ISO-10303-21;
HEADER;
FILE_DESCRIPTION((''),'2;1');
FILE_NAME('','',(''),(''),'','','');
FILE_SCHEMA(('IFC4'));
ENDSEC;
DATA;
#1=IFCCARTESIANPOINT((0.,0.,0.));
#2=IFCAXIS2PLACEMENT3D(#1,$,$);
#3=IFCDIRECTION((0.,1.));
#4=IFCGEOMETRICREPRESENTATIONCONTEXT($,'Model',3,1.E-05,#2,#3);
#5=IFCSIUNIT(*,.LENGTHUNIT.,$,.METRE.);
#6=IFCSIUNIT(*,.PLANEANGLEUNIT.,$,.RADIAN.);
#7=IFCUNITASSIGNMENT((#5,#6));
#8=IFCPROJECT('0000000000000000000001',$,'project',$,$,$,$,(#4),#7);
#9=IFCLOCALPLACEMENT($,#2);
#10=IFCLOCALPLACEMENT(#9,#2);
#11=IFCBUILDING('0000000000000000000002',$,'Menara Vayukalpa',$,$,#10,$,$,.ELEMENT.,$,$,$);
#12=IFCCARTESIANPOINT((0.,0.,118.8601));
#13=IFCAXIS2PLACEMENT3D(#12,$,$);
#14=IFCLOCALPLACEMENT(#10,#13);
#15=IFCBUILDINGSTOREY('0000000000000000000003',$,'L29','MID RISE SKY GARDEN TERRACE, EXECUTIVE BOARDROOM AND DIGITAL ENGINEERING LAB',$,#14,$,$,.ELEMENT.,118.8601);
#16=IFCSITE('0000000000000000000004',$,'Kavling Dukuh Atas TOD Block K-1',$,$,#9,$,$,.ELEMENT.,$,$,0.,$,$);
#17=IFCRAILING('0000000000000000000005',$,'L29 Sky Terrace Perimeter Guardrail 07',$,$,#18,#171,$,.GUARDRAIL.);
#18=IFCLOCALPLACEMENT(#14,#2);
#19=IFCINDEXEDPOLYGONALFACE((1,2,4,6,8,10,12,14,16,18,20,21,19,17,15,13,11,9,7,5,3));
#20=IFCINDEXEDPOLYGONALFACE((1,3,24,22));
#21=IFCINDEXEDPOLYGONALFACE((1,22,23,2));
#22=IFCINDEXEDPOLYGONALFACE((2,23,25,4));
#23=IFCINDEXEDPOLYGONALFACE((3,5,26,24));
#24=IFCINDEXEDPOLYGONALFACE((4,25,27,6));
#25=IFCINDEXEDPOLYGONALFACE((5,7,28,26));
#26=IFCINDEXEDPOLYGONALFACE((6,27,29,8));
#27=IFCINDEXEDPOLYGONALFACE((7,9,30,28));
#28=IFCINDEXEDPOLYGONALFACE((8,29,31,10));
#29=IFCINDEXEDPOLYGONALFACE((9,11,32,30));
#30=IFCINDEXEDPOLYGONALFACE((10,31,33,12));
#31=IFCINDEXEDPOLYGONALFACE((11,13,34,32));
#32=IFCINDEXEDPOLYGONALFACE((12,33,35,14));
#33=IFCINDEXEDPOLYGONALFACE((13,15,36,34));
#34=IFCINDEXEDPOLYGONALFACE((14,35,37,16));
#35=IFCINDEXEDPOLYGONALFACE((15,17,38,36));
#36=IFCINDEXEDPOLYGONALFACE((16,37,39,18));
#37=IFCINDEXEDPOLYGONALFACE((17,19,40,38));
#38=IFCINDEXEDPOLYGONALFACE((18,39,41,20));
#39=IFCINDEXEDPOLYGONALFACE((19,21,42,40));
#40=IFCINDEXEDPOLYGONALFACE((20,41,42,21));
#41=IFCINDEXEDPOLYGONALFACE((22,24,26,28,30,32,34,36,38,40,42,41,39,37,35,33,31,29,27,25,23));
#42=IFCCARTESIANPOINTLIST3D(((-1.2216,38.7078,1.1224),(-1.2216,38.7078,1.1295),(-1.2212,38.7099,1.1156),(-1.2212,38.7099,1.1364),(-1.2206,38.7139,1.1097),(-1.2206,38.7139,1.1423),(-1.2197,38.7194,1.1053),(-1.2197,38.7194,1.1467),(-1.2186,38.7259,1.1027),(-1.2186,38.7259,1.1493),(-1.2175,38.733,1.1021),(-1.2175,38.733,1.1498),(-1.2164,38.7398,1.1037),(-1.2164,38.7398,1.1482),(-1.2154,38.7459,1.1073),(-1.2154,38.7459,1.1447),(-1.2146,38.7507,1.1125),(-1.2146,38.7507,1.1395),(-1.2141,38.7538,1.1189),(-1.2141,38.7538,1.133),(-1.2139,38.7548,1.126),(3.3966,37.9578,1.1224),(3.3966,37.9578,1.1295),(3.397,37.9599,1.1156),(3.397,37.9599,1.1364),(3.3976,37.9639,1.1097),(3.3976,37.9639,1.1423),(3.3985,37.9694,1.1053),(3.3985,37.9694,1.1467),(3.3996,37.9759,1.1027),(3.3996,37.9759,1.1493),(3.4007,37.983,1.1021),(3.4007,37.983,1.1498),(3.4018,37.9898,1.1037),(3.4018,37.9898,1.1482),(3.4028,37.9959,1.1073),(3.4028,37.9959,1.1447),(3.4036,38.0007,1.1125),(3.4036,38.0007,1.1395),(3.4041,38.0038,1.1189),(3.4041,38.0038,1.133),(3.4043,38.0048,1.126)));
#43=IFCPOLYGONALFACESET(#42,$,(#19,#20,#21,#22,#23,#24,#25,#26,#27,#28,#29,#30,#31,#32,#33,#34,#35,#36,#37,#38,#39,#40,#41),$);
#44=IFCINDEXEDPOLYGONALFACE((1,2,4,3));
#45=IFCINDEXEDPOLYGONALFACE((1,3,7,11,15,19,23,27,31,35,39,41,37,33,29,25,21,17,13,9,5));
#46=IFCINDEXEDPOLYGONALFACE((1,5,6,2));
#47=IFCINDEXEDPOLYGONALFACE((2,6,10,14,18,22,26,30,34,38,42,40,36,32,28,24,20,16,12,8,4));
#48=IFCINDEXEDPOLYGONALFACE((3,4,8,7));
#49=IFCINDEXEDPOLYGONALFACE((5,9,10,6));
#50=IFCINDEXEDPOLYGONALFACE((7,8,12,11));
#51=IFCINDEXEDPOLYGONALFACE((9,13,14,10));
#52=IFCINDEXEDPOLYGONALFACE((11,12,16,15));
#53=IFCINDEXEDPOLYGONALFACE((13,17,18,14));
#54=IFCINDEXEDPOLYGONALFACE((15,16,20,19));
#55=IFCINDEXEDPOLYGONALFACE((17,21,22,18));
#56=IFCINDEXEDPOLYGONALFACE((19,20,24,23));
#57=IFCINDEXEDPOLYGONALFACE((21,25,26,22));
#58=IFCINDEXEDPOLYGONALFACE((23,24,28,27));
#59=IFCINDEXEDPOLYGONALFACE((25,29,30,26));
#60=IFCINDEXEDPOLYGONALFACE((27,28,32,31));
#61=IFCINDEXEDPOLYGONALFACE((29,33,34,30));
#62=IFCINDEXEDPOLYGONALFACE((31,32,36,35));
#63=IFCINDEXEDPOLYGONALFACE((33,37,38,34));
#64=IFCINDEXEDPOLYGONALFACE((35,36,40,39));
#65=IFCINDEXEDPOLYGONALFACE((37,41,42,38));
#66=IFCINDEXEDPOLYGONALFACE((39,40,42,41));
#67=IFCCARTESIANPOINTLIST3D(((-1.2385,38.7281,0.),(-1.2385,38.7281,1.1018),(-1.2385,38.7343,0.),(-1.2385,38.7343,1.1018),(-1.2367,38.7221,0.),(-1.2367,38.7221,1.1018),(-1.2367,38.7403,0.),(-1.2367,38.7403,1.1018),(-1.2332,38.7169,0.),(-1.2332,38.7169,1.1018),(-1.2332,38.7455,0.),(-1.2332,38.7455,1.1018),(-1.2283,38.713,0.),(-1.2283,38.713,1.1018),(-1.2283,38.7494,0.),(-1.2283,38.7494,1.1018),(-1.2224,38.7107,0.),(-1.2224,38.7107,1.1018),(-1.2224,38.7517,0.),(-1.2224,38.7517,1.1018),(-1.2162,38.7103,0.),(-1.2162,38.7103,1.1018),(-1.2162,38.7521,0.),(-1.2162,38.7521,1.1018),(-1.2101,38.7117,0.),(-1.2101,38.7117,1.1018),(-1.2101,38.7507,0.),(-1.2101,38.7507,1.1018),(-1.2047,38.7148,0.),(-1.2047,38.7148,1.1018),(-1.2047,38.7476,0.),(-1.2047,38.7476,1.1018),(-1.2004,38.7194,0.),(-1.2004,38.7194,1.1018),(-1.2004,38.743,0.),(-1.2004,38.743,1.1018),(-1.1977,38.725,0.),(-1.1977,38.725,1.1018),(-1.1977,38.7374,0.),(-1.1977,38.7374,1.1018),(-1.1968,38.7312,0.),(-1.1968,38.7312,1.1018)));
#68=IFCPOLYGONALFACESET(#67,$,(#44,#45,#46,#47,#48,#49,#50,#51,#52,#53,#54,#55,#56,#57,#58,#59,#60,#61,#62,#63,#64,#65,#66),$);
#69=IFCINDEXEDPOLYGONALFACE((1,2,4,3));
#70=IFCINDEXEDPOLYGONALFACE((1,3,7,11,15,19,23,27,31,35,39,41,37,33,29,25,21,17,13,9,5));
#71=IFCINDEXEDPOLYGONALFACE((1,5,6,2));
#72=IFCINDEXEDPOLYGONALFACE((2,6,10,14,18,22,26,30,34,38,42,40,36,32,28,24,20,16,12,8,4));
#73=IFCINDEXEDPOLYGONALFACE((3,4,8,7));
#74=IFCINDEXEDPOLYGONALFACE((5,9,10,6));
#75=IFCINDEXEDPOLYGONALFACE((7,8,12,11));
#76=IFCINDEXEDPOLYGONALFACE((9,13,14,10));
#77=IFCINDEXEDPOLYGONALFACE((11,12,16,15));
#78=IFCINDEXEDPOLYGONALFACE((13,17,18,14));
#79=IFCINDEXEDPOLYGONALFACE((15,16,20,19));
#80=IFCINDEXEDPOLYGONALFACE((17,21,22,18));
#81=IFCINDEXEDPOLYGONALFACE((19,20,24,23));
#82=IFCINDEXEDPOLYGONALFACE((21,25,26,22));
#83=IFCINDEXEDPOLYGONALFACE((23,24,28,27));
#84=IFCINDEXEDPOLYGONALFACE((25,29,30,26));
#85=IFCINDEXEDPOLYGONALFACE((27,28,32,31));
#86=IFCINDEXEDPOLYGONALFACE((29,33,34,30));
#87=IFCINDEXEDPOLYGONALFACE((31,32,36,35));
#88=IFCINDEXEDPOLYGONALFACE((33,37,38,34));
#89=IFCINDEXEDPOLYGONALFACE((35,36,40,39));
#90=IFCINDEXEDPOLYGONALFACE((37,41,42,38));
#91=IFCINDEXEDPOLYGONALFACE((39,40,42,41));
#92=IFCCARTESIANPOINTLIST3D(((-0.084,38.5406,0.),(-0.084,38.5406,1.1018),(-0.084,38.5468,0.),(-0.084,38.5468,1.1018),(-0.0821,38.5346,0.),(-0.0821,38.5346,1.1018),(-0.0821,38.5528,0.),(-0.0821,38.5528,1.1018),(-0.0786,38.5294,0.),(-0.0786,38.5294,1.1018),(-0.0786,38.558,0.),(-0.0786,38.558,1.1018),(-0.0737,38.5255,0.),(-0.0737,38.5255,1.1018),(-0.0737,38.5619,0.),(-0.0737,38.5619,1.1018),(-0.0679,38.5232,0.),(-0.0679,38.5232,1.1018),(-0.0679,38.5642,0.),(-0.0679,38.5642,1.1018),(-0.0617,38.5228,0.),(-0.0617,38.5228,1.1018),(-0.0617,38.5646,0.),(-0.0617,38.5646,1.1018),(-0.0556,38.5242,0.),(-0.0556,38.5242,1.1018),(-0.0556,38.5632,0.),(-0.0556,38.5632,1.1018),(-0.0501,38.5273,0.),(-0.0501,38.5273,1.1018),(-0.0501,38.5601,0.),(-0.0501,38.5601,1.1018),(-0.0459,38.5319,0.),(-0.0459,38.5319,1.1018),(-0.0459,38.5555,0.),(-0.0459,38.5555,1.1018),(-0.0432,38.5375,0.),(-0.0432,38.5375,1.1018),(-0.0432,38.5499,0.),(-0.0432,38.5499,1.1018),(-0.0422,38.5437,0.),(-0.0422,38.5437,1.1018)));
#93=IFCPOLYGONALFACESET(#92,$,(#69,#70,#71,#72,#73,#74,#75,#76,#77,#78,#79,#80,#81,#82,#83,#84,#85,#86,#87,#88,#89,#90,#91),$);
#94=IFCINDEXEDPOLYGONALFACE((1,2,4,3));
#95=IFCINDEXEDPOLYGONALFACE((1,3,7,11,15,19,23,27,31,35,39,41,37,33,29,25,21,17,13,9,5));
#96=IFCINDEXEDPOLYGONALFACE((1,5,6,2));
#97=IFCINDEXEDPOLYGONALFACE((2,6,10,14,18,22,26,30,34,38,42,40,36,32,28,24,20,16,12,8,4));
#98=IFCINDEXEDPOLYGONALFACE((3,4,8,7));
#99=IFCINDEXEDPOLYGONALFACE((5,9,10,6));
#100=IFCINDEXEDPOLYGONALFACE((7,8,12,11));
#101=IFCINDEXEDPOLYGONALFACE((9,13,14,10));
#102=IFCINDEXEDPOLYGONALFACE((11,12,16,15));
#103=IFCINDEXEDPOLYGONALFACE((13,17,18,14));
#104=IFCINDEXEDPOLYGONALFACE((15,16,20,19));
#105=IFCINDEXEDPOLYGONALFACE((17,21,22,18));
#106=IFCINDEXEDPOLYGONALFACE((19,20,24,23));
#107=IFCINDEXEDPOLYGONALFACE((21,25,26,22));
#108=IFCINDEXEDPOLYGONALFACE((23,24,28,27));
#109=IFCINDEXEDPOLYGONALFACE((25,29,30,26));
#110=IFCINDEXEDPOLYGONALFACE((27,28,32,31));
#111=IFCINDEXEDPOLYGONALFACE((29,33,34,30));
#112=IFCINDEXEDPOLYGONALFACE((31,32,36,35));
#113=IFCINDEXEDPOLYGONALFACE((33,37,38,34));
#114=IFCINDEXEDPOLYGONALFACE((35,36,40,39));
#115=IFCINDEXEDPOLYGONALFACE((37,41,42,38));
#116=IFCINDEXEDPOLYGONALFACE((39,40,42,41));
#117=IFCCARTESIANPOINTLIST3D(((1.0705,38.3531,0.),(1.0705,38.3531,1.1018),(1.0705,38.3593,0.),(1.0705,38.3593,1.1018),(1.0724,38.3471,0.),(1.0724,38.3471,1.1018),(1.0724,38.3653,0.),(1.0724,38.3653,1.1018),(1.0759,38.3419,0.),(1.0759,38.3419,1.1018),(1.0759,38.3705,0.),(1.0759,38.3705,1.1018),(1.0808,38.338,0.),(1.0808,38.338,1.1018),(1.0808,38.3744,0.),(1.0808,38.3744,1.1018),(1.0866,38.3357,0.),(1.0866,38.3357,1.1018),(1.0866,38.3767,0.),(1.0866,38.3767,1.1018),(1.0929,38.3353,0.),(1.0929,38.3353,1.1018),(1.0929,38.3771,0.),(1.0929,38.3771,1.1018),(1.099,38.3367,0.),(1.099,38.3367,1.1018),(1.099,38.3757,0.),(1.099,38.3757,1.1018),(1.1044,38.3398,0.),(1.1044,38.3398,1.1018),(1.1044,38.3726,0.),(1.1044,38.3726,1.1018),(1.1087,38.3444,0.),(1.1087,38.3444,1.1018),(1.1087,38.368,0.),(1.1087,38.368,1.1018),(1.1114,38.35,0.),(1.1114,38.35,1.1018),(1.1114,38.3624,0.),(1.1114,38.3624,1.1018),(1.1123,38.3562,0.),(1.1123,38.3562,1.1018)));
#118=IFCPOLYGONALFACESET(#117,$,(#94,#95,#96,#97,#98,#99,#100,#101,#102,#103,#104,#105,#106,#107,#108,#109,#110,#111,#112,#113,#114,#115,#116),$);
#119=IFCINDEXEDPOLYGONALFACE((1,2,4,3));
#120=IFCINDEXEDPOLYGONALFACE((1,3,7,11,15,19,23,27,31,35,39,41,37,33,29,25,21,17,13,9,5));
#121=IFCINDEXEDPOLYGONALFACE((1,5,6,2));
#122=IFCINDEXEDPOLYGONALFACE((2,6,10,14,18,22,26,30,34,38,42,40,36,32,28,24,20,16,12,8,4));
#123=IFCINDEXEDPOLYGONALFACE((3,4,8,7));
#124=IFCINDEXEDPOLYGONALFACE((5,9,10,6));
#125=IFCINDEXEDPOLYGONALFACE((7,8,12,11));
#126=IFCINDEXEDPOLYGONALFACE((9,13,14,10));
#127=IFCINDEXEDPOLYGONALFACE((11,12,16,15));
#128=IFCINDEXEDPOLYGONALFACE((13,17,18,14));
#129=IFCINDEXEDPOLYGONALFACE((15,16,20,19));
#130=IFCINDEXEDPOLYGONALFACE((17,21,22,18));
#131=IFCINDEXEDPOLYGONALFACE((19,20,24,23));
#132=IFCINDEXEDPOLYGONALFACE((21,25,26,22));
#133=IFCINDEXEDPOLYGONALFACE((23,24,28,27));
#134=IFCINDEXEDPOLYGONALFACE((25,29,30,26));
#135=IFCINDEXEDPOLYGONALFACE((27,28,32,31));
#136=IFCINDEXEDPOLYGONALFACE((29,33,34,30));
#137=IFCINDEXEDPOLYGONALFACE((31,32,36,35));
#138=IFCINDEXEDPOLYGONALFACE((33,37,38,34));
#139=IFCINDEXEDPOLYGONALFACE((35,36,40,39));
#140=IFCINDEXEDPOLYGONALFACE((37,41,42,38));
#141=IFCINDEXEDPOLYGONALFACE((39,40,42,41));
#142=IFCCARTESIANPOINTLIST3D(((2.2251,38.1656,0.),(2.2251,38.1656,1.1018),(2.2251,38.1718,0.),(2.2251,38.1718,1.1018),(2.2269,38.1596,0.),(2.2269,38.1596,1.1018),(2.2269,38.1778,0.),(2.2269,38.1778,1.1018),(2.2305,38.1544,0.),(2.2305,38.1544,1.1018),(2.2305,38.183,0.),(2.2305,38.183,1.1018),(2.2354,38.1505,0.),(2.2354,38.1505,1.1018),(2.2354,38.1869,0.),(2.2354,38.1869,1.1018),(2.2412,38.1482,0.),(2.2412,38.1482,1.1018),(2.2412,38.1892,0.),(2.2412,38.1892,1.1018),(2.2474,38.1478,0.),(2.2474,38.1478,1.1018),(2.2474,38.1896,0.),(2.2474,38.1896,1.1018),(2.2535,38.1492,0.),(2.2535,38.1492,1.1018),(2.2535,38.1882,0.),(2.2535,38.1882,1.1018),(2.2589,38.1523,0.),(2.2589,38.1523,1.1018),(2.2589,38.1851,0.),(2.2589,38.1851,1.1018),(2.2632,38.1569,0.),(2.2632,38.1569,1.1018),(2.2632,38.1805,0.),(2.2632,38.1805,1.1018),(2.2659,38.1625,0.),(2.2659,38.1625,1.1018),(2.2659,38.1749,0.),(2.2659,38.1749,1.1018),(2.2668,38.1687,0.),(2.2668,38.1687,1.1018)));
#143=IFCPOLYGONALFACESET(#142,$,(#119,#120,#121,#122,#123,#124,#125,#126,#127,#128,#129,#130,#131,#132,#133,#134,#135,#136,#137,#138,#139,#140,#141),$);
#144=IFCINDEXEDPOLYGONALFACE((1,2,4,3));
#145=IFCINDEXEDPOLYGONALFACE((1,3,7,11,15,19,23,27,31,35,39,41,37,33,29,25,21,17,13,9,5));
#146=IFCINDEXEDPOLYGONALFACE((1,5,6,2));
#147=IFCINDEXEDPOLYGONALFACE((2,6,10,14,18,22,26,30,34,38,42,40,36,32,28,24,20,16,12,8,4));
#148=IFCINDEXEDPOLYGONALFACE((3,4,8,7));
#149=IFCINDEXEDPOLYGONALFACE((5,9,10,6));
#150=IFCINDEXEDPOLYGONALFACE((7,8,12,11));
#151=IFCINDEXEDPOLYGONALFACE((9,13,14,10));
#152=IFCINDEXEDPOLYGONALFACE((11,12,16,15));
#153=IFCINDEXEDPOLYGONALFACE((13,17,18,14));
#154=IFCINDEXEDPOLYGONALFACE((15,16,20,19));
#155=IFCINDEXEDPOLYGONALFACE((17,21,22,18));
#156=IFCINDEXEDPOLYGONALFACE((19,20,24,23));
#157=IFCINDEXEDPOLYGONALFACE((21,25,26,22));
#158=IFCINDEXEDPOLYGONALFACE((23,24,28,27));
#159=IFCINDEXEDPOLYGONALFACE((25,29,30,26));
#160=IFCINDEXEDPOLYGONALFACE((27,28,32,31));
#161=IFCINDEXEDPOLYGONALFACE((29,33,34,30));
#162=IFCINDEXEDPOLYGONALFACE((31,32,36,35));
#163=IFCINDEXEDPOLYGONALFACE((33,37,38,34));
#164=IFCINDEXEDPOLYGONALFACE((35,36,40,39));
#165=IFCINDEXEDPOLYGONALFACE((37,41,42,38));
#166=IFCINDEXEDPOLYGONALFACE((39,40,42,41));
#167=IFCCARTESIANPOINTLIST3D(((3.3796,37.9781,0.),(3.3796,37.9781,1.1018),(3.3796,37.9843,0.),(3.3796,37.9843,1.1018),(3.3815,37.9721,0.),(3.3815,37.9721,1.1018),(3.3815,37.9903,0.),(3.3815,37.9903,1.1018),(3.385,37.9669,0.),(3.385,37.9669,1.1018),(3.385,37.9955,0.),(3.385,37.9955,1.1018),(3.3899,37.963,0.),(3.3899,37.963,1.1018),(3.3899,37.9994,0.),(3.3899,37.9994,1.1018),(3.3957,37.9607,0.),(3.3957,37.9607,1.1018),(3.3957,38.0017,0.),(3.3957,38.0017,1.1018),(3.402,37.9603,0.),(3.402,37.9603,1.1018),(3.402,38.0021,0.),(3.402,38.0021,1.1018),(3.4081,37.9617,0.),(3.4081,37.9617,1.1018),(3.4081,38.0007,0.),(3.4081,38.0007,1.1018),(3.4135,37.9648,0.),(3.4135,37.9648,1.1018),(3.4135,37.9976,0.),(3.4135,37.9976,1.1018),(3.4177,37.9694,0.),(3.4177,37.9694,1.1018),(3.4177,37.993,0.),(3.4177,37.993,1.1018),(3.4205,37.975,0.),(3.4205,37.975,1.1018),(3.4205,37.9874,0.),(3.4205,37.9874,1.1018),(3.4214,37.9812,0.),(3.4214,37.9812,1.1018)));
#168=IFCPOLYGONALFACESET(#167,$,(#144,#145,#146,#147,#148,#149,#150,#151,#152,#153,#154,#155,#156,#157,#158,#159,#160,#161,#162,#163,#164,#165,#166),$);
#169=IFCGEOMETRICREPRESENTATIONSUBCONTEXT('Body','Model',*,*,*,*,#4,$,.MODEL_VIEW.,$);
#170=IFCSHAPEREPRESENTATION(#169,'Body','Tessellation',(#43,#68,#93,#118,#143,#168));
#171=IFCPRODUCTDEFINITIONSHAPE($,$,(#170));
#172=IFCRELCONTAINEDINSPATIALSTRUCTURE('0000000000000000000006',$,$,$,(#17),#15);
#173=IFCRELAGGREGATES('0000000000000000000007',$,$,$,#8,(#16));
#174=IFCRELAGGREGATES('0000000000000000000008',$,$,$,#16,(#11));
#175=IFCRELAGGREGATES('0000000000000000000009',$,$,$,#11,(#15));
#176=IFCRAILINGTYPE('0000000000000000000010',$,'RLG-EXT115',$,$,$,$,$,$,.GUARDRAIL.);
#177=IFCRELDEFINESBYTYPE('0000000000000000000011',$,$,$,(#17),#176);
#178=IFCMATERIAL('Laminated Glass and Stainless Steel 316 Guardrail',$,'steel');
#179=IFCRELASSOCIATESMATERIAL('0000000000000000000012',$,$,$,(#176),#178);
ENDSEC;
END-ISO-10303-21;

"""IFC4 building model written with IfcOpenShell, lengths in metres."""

from ifc_helpers import new_model, si_unit, direction, frame, origin, origin_2d, place, context, subcontext, project, spatial, circle, extrude, material, type_object, element, save


model = new_model("IFC4")

# Units and contexts
model_context = context("Model", 3, precision=1e-05, world=origin(), true_north=direction((0.0, 1.0)))
body_context = subcontext(model_context, "Body", "Model", "MODEL_VIEW")
ifc_project = project(units=[si_unit("LENGTHUNIT", "METRE"), si_unit("PLANEANGLEUNIT", "RADIAN")], contexts=[model_context])

# Site, building, storey
site_placement = place(None, origin())
site = spatial("IfcSite", under=ifc_project, at=site_placement, Name="Kavling Dukuh Atas TOD Block K-1", CompositionType="ELEMENT", RefElevation=0.0)
building_placement = place(site_placement, origin())
building = spatial("IfcBuilding", under=site, at=building_placement, Name="Menara Vayukalpa", CompositionType="ELEMENT")
storey_placement = place(building_placement, frame((0.0, 0.0, 118.8601)))
storey = spatial("IfcBuildingStorey", under=building, at=storey_placement, Name="L29", Description="MID RISE SKY GARDEN TERRACE, EXECUTIVE BOARDROOM AND DIGITAL ENGINEERING LAB", CompositionType="ELEMENT", Elevation=118.8601)

# Railing
ifc_material_1 = material(Name="Laminated Glass and Stainless Steel 316 Guardrail", Category="steel")
railing_type = type_object("IfcRailingType", Name="RLG-EXT115", PredefinedType="GUARDRAIL", material=ifc_material_1)
railing_1_placement = place(storey_placement, frame((-1.2178, 38.7312, 0.0)))
element("IfcRailing", 1, at=railing_1_placement, inside=storey, type_object=railing_type, Name="L29 Sky Terrace Perimeter Guardrail 07", PredefinedType="GUARDRAIL", context=body_context, shape_type="SweptSolid", body=[
    extrude(circle(Radius=0.0239, at=origin_2d()), frame((0.0, 0.0, 1.126), z_axis=(0.987068, -0.160302, 0.0), x_axis=(0.160302, 0.987068, 0.0)), (0.0, 0.0, 1.0), 4.6787),
    extrude(circle(Radius=0.021, at=origin_2d()), origin(), (0.0, 0.0, 1.0), 1.1018),
    extrude(circle(Radius=0.021, at=origin_2d()), frame((1.1545, -0.1875, 0.0)), (0.0, 0.0, 1.0), 1.1018),
    extrude(circle(Radius=0.021, at=origin_2d()), frame((2.3091, -0.375, 0.0)), (0.0, 0.0, 1.0), 1.1018),
    extrude(circle(Radius=0.021, at=origin_2d()), frame((3.4636, -0.5625, 0.0)), (0.0, 0.0, 1.0), 1.1018),
    extrude(circle(Radius=0.021, at=origin_2d()), frame((4.6182, -0.75, 0.0)), (0.0, 0.0, 1.0), 1.1018),
])

save(model, "model.ifc")
